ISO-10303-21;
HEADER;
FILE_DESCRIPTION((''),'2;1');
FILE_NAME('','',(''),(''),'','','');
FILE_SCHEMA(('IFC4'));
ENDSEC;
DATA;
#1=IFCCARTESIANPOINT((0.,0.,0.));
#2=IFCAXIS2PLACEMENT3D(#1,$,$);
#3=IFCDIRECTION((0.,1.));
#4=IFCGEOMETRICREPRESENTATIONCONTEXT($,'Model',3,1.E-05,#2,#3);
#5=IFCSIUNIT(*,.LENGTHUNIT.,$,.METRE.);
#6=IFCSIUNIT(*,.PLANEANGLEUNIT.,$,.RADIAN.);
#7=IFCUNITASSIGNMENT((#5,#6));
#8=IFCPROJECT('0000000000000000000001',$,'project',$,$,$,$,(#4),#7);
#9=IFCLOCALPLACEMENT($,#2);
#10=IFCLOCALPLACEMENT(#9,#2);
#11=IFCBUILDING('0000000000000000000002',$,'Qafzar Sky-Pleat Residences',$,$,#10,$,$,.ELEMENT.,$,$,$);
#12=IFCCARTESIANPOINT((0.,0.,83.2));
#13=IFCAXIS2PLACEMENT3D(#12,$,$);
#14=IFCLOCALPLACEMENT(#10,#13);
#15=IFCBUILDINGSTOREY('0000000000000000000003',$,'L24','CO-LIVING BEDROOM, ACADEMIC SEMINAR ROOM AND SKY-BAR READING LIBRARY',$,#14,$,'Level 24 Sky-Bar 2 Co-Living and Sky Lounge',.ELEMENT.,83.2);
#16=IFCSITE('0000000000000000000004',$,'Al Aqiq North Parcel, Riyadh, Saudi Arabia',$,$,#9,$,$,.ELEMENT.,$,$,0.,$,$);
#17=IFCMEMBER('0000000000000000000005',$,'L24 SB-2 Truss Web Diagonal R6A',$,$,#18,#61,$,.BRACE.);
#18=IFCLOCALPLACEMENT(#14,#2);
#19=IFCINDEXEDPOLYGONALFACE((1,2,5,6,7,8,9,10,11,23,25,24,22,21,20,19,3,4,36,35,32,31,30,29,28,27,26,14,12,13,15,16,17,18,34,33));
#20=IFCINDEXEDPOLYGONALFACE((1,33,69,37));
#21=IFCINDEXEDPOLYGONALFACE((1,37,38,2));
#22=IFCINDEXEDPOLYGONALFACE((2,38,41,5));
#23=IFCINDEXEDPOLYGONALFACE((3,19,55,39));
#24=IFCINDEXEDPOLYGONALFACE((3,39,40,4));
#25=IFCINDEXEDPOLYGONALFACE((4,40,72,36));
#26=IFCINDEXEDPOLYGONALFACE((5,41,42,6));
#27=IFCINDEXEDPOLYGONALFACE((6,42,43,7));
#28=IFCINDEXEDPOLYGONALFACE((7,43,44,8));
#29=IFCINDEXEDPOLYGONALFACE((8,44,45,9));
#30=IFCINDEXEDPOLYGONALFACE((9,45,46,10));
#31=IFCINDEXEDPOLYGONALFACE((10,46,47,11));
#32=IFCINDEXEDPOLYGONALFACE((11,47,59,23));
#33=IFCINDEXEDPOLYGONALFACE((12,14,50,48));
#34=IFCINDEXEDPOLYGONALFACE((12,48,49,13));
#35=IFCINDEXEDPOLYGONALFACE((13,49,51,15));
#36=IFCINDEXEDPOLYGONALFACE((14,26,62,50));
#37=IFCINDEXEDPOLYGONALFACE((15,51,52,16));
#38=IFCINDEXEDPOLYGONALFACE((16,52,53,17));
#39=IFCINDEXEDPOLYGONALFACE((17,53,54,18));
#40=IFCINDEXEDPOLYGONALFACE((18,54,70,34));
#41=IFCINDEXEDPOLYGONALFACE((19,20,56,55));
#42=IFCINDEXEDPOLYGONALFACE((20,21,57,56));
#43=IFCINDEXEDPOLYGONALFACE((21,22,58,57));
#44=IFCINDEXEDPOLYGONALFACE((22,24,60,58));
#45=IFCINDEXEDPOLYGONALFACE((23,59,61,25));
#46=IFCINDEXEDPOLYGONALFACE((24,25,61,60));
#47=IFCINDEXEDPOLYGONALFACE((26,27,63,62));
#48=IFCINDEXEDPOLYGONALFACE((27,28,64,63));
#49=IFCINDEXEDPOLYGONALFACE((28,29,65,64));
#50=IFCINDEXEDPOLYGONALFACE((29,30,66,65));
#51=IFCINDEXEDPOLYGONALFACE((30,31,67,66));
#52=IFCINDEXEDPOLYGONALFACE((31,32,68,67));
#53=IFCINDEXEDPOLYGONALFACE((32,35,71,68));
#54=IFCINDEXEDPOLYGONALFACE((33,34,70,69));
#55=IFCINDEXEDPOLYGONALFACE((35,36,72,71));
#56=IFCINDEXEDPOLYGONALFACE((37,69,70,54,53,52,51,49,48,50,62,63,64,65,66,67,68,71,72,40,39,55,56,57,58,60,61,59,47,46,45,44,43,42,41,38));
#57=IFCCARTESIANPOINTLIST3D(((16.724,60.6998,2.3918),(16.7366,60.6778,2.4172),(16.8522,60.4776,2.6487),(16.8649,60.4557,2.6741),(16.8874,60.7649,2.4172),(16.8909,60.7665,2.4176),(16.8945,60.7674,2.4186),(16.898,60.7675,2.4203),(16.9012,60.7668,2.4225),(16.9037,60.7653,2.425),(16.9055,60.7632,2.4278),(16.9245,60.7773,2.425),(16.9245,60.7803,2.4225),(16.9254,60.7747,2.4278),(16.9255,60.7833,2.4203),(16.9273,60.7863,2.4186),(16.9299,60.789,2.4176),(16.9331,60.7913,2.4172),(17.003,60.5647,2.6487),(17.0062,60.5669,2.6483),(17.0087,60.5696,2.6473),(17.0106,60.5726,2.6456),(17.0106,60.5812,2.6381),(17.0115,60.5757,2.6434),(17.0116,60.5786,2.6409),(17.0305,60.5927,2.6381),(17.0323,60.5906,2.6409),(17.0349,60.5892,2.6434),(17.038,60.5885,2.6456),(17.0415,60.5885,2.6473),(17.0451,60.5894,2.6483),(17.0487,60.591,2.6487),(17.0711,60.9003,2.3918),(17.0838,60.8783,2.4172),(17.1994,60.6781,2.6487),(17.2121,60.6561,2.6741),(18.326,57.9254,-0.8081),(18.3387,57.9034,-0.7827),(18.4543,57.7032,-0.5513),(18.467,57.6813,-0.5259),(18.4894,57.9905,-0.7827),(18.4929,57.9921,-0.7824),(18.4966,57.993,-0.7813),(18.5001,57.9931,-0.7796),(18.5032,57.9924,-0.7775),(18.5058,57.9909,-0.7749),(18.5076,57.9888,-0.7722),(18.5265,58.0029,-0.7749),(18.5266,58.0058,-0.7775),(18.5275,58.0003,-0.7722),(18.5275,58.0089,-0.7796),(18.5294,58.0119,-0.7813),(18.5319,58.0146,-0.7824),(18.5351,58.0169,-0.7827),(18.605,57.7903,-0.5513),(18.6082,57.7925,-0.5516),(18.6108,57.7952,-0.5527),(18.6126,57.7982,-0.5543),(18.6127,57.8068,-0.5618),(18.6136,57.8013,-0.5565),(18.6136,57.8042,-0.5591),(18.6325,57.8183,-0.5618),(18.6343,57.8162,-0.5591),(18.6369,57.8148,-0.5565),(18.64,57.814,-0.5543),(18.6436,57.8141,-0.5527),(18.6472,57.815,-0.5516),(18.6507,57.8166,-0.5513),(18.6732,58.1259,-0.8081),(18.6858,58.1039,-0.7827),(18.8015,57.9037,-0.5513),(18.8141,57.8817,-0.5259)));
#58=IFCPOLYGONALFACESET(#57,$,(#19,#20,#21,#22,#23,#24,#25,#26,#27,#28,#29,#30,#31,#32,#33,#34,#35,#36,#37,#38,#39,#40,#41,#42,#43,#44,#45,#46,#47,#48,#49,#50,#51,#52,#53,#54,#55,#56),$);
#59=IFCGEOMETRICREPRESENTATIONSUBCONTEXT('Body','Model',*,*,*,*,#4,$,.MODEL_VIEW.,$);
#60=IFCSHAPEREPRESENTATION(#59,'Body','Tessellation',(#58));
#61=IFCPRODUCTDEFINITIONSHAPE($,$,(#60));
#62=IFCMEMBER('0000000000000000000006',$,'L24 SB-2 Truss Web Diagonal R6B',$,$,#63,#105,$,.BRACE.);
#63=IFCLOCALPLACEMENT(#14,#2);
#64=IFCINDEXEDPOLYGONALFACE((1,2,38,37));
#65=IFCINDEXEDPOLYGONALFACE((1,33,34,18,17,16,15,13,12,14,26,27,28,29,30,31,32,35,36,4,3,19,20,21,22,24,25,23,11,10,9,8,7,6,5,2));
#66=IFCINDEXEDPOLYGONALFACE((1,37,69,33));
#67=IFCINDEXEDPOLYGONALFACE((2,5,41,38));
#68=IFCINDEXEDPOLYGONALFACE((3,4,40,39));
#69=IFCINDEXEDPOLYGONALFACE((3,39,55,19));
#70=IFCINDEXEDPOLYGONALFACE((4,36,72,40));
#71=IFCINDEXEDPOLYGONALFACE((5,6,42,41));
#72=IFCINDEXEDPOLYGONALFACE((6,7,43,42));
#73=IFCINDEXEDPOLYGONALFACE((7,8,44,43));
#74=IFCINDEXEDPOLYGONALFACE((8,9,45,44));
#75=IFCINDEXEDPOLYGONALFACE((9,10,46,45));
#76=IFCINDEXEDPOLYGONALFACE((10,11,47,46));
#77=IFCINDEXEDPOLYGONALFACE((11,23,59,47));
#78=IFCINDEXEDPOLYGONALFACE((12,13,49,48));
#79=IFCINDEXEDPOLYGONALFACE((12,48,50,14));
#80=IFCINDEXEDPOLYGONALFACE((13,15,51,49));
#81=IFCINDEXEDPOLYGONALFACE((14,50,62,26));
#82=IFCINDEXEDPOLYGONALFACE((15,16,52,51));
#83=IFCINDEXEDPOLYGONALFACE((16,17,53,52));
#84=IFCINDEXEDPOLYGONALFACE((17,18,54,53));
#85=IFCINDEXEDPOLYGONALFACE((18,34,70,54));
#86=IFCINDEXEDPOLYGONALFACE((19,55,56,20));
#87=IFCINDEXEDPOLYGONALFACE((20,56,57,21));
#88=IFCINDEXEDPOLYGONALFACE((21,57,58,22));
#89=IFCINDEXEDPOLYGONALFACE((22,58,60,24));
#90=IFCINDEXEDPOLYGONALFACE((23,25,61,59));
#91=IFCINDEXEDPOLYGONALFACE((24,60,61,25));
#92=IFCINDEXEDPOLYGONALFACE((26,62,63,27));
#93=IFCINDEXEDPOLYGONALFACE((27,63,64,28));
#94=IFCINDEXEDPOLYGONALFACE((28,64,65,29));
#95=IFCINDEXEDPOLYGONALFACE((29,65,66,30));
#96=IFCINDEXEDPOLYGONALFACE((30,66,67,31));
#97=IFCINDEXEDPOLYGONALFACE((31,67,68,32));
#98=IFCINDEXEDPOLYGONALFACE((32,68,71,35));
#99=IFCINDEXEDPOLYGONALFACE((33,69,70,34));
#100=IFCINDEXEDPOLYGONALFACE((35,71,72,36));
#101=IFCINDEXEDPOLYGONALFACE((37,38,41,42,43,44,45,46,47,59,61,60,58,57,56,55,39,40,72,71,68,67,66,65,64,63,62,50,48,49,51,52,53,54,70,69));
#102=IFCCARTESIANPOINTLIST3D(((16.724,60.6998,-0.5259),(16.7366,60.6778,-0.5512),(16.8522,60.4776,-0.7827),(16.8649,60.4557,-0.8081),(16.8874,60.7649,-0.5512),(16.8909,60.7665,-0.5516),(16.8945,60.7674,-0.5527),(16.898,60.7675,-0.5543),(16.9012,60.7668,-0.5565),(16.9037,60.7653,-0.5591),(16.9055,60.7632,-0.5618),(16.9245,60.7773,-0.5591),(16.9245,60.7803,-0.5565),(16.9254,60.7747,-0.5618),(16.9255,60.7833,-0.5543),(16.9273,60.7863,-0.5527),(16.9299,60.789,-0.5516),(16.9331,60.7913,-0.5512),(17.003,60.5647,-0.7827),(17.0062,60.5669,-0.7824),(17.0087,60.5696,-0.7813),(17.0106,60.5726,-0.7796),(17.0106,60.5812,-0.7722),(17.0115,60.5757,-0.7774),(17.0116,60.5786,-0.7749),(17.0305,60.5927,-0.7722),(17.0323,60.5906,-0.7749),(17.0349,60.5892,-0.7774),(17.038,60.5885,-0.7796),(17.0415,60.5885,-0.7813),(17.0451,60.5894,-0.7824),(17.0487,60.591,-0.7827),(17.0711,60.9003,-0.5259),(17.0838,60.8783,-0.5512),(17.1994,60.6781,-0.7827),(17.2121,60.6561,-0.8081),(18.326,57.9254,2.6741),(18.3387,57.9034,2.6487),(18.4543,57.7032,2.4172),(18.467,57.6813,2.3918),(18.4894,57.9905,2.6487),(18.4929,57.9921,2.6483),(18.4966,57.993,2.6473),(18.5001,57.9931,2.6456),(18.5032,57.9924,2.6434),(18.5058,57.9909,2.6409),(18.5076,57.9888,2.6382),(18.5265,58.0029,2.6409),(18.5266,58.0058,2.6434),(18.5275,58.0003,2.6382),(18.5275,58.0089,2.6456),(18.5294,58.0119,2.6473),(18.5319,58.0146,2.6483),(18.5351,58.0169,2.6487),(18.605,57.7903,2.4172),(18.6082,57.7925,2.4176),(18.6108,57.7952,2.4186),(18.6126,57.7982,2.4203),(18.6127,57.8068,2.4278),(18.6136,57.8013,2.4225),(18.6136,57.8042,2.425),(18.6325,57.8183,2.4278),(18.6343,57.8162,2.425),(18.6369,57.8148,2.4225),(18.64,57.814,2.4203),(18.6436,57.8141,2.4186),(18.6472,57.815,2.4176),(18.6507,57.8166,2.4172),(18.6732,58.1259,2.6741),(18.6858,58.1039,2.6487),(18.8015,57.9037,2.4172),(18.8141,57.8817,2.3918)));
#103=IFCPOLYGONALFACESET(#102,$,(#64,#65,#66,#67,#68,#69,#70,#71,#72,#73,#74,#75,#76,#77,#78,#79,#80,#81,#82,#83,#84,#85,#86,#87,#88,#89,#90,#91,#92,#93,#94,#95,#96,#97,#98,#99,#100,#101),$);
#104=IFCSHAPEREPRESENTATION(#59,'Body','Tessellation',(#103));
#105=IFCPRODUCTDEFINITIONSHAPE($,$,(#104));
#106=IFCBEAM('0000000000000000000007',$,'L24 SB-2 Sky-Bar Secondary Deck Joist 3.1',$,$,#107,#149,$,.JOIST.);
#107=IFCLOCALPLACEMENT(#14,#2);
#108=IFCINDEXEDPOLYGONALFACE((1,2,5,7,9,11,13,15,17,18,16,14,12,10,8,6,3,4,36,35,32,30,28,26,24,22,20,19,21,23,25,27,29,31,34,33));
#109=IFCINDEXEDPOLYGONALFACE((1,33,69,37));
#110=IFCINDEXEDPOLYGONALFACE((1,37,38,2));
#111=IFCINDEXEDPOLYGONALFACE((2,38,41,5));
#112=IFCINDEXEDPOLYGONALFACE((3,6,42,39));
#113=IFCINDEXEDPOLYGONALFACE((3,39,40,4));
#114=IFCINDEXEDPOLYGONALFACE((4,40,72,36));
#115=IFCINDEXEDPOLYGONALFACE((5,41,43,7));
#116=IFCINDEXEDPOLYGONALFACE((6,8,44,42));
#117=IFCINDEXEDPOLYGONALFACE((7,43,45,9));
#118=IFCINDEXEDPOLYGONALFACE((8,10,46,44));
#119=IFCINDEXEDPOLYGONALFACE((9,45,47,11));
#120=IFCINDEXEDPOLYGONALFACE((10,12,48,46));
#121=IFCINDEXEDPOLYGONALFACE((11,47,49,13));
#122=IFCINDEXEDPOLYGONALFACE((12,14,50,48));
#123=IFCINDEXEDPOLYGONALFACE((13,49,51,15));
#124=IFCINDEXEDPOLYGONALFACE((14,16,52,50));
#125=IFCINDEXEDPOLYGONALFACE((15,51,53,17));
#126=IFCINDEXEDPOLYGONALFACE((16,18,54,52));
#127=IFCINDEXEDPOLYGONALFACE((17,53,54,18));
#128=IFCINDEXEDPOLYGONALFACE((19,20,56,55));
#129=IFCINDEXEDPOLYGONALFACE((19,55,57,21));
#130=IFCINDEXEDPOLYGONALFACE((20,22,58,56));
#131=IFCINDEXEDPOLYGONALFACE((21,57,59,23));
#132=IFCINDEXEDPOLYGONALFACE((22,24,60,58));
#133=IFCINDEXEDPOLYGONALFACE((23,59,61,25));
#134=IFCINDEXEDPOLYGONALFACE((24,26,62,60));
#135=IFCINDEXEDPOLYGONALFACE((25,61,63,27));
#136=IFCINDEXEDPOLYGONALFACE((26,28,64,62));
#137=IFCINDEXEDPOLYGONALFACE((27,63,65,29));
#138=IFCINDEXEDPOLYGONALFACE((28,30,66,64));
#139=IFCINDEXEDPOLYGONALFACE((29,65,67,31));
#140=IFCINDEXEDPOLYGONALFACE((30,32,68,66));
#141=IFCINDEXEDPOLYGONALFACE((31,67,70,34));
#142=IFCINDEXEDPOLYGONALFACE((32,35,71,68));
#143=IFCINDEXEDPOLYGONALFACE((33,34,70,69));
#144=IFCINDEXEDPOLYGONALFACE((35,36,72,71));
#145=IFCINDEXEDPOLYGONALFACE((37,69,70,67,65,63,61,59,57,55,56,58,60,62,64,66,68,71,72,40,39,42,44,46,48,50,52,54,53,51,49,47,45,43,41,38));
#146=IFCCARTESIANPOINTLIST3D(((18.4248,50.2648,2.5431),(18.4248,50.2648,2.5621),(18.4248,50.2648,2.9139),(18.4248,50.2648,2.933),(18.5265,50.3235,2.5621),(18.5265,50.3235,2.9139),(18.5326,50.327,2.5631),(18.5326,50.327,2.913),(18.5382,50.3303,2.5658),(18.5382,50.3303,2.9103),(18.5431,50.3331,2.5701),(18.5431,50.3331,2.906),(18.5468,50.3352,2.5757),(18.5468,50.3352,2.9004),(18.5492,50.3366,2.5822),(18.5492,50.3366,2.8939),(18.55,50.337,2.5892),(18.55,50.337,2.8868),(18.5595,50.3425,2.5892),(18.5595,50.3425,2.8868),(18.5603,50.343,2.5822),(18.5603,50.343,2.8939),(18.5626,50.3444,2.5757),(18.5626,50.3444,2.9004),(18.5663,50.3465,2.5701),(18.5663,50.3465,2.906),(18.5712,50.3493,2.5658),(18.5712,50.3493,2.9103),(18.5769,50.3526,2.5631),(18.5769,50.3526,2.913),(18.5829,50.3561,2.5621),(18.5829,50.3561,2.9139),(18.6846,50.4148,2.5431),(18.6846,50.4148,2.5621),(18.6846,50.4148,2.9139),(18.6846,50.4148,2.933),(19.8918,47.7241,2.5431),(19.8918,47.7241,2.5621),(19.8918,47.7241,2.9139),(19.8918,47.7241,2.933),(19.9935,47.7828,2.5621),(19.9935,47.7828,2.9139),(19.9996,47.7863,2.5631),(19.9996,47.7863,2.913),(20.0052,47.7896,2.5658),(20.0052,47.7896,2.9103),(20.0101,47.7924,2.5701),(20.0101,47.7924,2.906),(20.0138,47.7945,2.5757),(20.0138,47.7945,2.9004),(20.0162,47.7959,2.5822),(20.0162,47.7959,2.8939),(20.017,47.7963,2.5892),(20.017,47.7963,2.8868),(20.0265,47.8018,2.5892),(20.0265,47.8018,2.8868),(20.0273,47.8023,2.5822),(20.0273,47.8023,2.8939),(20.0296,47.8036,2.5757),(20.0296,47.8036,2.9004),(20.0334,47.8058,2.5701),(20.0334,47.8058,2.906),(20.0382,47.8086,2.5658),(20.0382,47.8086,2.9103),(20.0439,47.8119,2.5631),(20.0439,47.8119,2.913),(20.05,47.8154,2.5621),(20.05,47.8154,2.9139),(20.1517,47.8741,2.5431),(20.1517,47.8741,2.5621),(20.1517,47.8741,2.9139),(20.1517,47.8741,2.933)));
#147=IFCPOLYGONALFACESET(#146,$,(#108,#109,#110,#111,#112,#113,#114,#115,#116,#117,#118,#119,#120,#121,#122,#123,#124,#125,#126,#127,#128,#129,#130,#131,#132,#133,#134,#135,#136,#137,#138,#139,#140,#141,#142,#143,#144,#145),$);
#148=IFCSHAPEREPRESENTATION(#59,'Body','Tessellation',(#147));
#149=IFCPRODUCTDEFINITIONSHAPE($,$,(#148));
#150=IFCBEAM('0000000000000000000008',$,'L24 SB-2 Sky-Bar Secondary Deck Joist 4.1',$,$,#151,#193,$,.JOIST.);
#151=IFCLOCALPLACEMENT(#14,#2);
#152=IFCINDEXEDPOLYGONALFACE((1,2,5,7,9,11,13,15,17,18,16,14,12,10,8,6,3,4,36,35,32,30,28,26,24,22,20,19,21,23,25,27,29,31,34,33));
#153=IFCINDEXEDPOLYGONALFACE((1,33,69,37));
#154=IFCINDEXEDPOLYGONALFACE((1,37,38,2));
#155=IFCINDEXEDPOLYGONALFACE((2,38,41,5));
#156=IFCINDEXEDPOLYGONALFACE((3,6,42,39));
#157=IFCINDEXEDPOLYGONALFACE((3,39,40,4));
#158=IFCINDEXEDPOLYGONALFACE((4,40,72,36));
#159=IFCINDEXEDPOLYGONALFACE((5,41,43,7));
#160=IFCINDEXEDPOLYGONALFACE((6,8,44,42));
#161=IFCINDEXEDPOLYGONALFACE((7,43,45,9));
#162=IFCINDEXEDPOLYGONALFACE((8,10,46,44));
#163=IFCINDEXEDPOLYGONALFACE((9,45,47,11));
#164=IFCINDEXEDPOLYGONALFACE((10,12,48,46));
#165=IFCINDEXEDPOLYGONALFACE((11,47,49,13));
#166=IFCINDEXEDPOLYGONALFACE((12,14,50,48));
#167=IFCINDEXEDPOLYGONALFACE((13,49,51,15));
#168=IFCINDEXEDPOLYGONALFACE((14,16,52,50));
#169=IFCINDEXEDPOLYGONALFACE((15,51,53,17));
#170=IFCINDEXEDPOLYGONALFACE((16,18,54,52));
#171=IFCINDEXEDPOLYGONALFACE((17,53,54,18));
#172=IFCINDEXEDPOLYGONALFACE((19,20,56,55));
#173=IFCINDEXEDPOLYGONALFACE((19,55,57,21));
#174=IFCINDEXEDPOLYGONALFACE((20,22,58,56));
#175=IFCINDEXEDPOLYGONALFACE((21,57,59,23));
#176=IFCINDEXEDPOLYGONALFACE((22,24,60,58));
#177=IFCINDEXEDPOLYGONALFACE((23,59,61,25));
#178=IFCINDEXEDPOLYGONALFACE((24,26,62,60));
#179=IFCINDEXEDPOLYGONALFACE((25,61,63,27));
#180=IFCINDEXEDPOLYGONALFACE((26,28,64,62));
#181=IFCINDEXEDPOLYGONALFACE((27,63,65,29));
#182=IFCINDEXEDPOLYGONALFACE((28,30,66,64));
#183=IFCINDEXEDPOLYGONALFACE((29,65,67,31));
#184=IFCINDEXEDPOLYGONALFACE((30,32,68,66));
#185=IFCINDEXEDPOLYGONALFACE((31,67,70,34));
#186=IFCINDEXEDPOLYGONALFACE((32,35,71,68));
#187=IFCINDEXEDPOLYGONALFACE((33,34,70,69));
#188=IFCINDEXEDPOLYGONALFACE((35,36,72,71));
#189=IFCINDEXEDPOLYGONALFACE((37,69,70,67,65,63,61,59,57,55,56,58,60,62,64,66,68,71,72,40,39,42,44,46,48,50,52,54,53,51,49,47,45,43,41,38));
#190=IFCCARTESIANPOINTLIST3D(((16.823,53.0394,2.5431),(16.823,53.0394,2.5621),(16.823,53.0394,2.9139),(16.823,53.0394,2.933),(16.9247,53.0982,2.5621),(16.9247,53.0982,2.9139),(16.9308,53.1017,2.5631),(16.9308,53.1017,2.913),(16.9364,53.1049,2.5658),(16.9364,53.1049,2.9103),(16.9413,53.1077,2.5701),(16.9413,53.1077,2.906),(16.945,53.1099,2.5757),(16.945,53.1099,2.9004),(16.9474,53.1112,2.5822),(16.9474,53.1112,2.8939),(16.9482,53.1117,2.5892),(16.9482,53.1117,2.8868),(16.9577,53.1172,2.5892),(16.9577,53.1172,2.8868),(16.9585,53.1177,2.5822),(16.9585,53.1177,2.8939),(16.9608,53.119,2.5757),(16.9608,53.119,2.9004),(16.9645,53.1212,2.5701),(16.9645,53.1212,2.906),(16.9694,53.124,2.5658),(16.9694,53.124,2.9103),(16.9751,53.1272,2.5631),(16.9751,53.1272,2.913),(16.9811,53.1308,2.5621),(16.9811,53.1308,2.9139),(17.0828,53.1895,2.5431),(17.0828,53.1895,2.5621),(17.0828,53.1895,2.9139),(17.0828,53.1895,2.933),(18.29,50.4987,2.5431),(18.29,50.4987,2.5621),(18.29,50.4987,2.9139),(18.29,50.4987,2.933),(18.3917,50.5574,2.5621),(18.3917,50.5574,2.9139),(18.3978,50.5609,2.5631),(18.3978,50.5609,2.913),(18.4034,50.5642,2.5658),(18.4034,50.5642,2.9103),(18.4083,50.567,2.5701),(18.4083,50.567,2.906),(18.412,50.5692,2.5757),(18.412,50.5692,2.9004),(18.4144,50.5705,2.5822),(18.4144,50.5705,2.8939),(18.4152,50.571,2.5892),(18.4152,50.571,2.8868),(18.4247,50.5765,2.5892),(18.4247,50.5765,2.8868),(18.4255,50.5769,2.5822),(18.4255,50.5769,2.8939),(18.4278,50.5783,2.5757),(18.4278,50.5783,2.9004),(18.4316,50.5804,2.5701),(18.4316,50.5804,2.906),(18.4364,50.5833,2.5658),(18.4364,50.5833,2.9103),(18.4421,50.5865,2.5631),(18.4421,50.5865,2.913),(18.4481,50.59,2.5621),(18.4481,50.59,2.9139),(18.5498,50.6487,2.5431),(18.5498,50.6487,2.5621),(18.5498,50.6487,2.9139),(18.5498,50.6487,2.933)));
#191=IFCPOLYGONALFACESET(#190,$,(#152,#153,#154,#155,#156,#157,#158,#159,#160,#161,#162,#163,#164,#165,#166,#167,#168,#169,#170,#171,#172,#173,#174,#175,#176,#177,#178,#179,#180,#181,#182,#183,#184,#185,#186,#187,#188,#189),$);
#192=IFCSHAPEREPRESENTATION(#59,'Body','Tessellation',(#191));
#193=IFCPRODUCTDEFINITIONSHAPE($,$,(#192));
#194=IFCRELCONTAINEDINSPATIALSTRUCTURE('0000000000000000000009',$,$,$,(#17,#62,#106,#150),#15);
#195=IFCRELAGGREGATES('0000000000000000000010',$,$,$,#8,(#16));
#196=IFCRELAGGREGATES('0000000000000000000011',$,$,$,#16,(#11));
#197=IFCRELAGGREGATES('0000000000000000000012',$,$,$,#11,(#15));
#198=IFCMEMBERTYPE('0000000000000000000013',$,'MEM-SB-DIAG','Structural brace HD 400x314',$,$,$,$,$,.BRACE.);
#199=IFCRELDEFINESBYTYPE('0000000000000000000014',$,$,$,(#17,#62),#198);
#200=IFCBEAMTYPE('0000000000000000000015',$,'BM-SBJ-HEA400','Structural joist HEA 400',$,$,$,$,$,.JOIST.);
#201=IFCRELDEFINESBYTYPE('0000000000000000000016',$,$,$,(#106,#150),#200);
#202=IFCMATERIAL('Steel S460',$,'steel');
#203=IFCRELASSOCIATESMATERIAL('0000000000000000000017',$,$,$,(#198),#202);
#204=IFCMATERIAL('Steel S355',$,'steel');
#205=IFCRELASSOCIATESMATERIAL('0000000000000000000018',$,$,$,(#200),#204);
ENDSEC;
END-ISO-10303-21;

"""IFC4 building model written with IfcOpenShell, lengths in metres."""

from ifc_helpers import new_model, si_unit, direction, frame, origin, origin_2d, place, context, subcontext, project, spatial, i_section, extrude, source, transform, mapped, material, material_profile, profile_set, type_object, element, save


model = new_model("IFC4")

# Units and contexts
model_context = context("Model", 3, precision=1e-05, world=origin(), true_north=direction((0.0, 1.0)))
body_context = subcontext(model_context, "Body", "Model", "MODEL_VIEW")
ifc_project = project(units=[si_unit("LENGTHUNIT", "METRE"), si_unit("PLANEANGLEUNIT", "RADIAN")], contexts=[model_context])

# Site, building, storey
site_placement = place(None, origin())
site = spatial("IfcSite", under=ifc_project, at=site_placement, Name="Al Aqiq North Parcel, Riyadh, Saudi Arabia", CompositionType="ELEMENT", RefElevation=0.0)
building_placement = place(site_placement, origin())
building = spatial("IfcBuilding", under=site, at=building_placement, Name="Qafzar Sky-Pleat Residences", CompositionType="ELEMENT")
storey_placement = place(building_placement, frame((0.0, 0.0, 83.2)))
storey = spatial("IfcBuildingStorey", under=building, at=storey_placement, Name="L24", Description="CO-LIVING BEDROOM, ACADEMIC SEMINAR ROOM AND SKY-BAR READING LIBRARY", LongName="Level 24 Sky-Bar 2 Co-Living and Sky Lounge", CompositionType="ELEMENT", Elevation=83.2)

# Members
ifc_material_1 = material(Name="Steel S460", Category="steel")
ifc_material_profile_1 = material_profile(ifc_material_1, i_section(OverallWidth=0.4009, OverallDepth=0.3989, WebThickness=0.0229, FlangeThickness=0.0359, FilletRadius=0.0149, at=origin_2d()), Name="HD 400x314")
ifc_profile_set_1 = profile_set([ifc_material_profile_1], Name="Steel S460")
member_type_1 = type_object("IfcMemberType", Name="MEM-SB-DIAG", Description="Structural brace HD 400x314", PredefinedType="BRACE", material=ifc_profile_set_1)
shared_shape_1 = source(origin(), body_context, "Body", "SweptSolid", [
    extrude(i_section(OverallWidth=0.4009, OverallDepth=0.3989, WebThickness=0.0229, FlangeThickness=0.0359, FilletRadius=0.0149, at=origin_2d()), origin(), (0.0, 0.0, 1.0), 4.5281),
])
for number, where, z_axis, x_axis, name in (
    (1, (18.5701, 57.9036, -0.667), (-0.353803, 0.612711, 0.706688), (-0.865993, -0.500057, 0.0), "L24 SB-2 Truss Web Diagonal R6A"),
    (2, (18.5701, 57.9036, 2.533), (-0.353803, 0.612711, -0.706688), (-0.865993, -0.500057, 0.0), "L24 SB-2 Truss Web Diagonal R6B"),
):
    element("IfcMember", number, at=place(storey_placement, frame(where, z_axis=z_axis, x_axis=x_axis)), inside=storey, type_object=member_type_1, Name=name, PredefinedType="BRACE", context=body_context, shape_type="MappedRepresentation", body=[
        mapped(shared_shape_1, transform((0.0, 0.0, 0.0), x_axis=(1.0, 0.0, 0.0), y_axis=(0.0, 1.0, 0.0), z_axis=(0.0, 0.0, 1.0), scale=1.0)),
    ])

# Beams
ifc_material_2 = material(Name="Steel S355", Category="steel")
ifc_material_profile_2 = material_profile(ifc_material_2, i_section(OverallWidth=0.3, OverallDepth=0.3899, WebThickness=0.011, FlangeThickness=0.019, FilletRadius=0.0271, at=origin_2d()), Name="HEA 400")
ifc_profile_set_2 = profile_set([ifc_material_profile_2], Name="Steel S355")
beam_type = type_object("IfcBeamType", Name="BM-SBJ-HEA400", Description="Structural joist HEA 400", PredefinedType="JOIST", material=ifc_profile_set_2)
shared_shape_2 = source(origin(), body_context, "Body", "SweptSolid", [
    extrude(i_section(OverallWidth=0.3, OverallDepth=0.3899, WebThickness=0.011, FlangeThickness=0.019, FilletRadius=0.0271, at=origin_2d()), origin(), (0.0, 0.0, 1.0), 2.9338),
])
for number, where, z_axis, x_axis, name in (
    (3, (20.0217, 47.7991, 2.738), (-0.500032, 0.866007, 0.0), (-0.866007, -0.500032, 0.0), "L24 SB-2 Sky-Bar Secondary Deck Joist 3.1"),
    (4, (18.4199, 50.5737, 2.738), (-0.500032, 0.866007, 0.0), (-0.866007, -0.500032, 0.0), "L24 SB-2 Sky-Bar Secondary Deck Joist 4.1"),
):
    element("IfcBeam", number, at=place(storey_placement, frame(where, z_axis=z_axis, x_axis=x_axis)), inside=storey, type_object=beam_type, Name=name, PredefinedType="JOIST", context=body_context, shape_type="MappedRepresentation", body=[
        mapped(shared_shape_2, transform((0.0, 0.0, 0.0), x_axis=(1.0, 0.0, 0.0), y_axis=(0.0, 1.0, 0.0), z_axis=(0.0, 0.0, 1.0), scale=1.0)),
    ])

save(model, "model.ifc")
